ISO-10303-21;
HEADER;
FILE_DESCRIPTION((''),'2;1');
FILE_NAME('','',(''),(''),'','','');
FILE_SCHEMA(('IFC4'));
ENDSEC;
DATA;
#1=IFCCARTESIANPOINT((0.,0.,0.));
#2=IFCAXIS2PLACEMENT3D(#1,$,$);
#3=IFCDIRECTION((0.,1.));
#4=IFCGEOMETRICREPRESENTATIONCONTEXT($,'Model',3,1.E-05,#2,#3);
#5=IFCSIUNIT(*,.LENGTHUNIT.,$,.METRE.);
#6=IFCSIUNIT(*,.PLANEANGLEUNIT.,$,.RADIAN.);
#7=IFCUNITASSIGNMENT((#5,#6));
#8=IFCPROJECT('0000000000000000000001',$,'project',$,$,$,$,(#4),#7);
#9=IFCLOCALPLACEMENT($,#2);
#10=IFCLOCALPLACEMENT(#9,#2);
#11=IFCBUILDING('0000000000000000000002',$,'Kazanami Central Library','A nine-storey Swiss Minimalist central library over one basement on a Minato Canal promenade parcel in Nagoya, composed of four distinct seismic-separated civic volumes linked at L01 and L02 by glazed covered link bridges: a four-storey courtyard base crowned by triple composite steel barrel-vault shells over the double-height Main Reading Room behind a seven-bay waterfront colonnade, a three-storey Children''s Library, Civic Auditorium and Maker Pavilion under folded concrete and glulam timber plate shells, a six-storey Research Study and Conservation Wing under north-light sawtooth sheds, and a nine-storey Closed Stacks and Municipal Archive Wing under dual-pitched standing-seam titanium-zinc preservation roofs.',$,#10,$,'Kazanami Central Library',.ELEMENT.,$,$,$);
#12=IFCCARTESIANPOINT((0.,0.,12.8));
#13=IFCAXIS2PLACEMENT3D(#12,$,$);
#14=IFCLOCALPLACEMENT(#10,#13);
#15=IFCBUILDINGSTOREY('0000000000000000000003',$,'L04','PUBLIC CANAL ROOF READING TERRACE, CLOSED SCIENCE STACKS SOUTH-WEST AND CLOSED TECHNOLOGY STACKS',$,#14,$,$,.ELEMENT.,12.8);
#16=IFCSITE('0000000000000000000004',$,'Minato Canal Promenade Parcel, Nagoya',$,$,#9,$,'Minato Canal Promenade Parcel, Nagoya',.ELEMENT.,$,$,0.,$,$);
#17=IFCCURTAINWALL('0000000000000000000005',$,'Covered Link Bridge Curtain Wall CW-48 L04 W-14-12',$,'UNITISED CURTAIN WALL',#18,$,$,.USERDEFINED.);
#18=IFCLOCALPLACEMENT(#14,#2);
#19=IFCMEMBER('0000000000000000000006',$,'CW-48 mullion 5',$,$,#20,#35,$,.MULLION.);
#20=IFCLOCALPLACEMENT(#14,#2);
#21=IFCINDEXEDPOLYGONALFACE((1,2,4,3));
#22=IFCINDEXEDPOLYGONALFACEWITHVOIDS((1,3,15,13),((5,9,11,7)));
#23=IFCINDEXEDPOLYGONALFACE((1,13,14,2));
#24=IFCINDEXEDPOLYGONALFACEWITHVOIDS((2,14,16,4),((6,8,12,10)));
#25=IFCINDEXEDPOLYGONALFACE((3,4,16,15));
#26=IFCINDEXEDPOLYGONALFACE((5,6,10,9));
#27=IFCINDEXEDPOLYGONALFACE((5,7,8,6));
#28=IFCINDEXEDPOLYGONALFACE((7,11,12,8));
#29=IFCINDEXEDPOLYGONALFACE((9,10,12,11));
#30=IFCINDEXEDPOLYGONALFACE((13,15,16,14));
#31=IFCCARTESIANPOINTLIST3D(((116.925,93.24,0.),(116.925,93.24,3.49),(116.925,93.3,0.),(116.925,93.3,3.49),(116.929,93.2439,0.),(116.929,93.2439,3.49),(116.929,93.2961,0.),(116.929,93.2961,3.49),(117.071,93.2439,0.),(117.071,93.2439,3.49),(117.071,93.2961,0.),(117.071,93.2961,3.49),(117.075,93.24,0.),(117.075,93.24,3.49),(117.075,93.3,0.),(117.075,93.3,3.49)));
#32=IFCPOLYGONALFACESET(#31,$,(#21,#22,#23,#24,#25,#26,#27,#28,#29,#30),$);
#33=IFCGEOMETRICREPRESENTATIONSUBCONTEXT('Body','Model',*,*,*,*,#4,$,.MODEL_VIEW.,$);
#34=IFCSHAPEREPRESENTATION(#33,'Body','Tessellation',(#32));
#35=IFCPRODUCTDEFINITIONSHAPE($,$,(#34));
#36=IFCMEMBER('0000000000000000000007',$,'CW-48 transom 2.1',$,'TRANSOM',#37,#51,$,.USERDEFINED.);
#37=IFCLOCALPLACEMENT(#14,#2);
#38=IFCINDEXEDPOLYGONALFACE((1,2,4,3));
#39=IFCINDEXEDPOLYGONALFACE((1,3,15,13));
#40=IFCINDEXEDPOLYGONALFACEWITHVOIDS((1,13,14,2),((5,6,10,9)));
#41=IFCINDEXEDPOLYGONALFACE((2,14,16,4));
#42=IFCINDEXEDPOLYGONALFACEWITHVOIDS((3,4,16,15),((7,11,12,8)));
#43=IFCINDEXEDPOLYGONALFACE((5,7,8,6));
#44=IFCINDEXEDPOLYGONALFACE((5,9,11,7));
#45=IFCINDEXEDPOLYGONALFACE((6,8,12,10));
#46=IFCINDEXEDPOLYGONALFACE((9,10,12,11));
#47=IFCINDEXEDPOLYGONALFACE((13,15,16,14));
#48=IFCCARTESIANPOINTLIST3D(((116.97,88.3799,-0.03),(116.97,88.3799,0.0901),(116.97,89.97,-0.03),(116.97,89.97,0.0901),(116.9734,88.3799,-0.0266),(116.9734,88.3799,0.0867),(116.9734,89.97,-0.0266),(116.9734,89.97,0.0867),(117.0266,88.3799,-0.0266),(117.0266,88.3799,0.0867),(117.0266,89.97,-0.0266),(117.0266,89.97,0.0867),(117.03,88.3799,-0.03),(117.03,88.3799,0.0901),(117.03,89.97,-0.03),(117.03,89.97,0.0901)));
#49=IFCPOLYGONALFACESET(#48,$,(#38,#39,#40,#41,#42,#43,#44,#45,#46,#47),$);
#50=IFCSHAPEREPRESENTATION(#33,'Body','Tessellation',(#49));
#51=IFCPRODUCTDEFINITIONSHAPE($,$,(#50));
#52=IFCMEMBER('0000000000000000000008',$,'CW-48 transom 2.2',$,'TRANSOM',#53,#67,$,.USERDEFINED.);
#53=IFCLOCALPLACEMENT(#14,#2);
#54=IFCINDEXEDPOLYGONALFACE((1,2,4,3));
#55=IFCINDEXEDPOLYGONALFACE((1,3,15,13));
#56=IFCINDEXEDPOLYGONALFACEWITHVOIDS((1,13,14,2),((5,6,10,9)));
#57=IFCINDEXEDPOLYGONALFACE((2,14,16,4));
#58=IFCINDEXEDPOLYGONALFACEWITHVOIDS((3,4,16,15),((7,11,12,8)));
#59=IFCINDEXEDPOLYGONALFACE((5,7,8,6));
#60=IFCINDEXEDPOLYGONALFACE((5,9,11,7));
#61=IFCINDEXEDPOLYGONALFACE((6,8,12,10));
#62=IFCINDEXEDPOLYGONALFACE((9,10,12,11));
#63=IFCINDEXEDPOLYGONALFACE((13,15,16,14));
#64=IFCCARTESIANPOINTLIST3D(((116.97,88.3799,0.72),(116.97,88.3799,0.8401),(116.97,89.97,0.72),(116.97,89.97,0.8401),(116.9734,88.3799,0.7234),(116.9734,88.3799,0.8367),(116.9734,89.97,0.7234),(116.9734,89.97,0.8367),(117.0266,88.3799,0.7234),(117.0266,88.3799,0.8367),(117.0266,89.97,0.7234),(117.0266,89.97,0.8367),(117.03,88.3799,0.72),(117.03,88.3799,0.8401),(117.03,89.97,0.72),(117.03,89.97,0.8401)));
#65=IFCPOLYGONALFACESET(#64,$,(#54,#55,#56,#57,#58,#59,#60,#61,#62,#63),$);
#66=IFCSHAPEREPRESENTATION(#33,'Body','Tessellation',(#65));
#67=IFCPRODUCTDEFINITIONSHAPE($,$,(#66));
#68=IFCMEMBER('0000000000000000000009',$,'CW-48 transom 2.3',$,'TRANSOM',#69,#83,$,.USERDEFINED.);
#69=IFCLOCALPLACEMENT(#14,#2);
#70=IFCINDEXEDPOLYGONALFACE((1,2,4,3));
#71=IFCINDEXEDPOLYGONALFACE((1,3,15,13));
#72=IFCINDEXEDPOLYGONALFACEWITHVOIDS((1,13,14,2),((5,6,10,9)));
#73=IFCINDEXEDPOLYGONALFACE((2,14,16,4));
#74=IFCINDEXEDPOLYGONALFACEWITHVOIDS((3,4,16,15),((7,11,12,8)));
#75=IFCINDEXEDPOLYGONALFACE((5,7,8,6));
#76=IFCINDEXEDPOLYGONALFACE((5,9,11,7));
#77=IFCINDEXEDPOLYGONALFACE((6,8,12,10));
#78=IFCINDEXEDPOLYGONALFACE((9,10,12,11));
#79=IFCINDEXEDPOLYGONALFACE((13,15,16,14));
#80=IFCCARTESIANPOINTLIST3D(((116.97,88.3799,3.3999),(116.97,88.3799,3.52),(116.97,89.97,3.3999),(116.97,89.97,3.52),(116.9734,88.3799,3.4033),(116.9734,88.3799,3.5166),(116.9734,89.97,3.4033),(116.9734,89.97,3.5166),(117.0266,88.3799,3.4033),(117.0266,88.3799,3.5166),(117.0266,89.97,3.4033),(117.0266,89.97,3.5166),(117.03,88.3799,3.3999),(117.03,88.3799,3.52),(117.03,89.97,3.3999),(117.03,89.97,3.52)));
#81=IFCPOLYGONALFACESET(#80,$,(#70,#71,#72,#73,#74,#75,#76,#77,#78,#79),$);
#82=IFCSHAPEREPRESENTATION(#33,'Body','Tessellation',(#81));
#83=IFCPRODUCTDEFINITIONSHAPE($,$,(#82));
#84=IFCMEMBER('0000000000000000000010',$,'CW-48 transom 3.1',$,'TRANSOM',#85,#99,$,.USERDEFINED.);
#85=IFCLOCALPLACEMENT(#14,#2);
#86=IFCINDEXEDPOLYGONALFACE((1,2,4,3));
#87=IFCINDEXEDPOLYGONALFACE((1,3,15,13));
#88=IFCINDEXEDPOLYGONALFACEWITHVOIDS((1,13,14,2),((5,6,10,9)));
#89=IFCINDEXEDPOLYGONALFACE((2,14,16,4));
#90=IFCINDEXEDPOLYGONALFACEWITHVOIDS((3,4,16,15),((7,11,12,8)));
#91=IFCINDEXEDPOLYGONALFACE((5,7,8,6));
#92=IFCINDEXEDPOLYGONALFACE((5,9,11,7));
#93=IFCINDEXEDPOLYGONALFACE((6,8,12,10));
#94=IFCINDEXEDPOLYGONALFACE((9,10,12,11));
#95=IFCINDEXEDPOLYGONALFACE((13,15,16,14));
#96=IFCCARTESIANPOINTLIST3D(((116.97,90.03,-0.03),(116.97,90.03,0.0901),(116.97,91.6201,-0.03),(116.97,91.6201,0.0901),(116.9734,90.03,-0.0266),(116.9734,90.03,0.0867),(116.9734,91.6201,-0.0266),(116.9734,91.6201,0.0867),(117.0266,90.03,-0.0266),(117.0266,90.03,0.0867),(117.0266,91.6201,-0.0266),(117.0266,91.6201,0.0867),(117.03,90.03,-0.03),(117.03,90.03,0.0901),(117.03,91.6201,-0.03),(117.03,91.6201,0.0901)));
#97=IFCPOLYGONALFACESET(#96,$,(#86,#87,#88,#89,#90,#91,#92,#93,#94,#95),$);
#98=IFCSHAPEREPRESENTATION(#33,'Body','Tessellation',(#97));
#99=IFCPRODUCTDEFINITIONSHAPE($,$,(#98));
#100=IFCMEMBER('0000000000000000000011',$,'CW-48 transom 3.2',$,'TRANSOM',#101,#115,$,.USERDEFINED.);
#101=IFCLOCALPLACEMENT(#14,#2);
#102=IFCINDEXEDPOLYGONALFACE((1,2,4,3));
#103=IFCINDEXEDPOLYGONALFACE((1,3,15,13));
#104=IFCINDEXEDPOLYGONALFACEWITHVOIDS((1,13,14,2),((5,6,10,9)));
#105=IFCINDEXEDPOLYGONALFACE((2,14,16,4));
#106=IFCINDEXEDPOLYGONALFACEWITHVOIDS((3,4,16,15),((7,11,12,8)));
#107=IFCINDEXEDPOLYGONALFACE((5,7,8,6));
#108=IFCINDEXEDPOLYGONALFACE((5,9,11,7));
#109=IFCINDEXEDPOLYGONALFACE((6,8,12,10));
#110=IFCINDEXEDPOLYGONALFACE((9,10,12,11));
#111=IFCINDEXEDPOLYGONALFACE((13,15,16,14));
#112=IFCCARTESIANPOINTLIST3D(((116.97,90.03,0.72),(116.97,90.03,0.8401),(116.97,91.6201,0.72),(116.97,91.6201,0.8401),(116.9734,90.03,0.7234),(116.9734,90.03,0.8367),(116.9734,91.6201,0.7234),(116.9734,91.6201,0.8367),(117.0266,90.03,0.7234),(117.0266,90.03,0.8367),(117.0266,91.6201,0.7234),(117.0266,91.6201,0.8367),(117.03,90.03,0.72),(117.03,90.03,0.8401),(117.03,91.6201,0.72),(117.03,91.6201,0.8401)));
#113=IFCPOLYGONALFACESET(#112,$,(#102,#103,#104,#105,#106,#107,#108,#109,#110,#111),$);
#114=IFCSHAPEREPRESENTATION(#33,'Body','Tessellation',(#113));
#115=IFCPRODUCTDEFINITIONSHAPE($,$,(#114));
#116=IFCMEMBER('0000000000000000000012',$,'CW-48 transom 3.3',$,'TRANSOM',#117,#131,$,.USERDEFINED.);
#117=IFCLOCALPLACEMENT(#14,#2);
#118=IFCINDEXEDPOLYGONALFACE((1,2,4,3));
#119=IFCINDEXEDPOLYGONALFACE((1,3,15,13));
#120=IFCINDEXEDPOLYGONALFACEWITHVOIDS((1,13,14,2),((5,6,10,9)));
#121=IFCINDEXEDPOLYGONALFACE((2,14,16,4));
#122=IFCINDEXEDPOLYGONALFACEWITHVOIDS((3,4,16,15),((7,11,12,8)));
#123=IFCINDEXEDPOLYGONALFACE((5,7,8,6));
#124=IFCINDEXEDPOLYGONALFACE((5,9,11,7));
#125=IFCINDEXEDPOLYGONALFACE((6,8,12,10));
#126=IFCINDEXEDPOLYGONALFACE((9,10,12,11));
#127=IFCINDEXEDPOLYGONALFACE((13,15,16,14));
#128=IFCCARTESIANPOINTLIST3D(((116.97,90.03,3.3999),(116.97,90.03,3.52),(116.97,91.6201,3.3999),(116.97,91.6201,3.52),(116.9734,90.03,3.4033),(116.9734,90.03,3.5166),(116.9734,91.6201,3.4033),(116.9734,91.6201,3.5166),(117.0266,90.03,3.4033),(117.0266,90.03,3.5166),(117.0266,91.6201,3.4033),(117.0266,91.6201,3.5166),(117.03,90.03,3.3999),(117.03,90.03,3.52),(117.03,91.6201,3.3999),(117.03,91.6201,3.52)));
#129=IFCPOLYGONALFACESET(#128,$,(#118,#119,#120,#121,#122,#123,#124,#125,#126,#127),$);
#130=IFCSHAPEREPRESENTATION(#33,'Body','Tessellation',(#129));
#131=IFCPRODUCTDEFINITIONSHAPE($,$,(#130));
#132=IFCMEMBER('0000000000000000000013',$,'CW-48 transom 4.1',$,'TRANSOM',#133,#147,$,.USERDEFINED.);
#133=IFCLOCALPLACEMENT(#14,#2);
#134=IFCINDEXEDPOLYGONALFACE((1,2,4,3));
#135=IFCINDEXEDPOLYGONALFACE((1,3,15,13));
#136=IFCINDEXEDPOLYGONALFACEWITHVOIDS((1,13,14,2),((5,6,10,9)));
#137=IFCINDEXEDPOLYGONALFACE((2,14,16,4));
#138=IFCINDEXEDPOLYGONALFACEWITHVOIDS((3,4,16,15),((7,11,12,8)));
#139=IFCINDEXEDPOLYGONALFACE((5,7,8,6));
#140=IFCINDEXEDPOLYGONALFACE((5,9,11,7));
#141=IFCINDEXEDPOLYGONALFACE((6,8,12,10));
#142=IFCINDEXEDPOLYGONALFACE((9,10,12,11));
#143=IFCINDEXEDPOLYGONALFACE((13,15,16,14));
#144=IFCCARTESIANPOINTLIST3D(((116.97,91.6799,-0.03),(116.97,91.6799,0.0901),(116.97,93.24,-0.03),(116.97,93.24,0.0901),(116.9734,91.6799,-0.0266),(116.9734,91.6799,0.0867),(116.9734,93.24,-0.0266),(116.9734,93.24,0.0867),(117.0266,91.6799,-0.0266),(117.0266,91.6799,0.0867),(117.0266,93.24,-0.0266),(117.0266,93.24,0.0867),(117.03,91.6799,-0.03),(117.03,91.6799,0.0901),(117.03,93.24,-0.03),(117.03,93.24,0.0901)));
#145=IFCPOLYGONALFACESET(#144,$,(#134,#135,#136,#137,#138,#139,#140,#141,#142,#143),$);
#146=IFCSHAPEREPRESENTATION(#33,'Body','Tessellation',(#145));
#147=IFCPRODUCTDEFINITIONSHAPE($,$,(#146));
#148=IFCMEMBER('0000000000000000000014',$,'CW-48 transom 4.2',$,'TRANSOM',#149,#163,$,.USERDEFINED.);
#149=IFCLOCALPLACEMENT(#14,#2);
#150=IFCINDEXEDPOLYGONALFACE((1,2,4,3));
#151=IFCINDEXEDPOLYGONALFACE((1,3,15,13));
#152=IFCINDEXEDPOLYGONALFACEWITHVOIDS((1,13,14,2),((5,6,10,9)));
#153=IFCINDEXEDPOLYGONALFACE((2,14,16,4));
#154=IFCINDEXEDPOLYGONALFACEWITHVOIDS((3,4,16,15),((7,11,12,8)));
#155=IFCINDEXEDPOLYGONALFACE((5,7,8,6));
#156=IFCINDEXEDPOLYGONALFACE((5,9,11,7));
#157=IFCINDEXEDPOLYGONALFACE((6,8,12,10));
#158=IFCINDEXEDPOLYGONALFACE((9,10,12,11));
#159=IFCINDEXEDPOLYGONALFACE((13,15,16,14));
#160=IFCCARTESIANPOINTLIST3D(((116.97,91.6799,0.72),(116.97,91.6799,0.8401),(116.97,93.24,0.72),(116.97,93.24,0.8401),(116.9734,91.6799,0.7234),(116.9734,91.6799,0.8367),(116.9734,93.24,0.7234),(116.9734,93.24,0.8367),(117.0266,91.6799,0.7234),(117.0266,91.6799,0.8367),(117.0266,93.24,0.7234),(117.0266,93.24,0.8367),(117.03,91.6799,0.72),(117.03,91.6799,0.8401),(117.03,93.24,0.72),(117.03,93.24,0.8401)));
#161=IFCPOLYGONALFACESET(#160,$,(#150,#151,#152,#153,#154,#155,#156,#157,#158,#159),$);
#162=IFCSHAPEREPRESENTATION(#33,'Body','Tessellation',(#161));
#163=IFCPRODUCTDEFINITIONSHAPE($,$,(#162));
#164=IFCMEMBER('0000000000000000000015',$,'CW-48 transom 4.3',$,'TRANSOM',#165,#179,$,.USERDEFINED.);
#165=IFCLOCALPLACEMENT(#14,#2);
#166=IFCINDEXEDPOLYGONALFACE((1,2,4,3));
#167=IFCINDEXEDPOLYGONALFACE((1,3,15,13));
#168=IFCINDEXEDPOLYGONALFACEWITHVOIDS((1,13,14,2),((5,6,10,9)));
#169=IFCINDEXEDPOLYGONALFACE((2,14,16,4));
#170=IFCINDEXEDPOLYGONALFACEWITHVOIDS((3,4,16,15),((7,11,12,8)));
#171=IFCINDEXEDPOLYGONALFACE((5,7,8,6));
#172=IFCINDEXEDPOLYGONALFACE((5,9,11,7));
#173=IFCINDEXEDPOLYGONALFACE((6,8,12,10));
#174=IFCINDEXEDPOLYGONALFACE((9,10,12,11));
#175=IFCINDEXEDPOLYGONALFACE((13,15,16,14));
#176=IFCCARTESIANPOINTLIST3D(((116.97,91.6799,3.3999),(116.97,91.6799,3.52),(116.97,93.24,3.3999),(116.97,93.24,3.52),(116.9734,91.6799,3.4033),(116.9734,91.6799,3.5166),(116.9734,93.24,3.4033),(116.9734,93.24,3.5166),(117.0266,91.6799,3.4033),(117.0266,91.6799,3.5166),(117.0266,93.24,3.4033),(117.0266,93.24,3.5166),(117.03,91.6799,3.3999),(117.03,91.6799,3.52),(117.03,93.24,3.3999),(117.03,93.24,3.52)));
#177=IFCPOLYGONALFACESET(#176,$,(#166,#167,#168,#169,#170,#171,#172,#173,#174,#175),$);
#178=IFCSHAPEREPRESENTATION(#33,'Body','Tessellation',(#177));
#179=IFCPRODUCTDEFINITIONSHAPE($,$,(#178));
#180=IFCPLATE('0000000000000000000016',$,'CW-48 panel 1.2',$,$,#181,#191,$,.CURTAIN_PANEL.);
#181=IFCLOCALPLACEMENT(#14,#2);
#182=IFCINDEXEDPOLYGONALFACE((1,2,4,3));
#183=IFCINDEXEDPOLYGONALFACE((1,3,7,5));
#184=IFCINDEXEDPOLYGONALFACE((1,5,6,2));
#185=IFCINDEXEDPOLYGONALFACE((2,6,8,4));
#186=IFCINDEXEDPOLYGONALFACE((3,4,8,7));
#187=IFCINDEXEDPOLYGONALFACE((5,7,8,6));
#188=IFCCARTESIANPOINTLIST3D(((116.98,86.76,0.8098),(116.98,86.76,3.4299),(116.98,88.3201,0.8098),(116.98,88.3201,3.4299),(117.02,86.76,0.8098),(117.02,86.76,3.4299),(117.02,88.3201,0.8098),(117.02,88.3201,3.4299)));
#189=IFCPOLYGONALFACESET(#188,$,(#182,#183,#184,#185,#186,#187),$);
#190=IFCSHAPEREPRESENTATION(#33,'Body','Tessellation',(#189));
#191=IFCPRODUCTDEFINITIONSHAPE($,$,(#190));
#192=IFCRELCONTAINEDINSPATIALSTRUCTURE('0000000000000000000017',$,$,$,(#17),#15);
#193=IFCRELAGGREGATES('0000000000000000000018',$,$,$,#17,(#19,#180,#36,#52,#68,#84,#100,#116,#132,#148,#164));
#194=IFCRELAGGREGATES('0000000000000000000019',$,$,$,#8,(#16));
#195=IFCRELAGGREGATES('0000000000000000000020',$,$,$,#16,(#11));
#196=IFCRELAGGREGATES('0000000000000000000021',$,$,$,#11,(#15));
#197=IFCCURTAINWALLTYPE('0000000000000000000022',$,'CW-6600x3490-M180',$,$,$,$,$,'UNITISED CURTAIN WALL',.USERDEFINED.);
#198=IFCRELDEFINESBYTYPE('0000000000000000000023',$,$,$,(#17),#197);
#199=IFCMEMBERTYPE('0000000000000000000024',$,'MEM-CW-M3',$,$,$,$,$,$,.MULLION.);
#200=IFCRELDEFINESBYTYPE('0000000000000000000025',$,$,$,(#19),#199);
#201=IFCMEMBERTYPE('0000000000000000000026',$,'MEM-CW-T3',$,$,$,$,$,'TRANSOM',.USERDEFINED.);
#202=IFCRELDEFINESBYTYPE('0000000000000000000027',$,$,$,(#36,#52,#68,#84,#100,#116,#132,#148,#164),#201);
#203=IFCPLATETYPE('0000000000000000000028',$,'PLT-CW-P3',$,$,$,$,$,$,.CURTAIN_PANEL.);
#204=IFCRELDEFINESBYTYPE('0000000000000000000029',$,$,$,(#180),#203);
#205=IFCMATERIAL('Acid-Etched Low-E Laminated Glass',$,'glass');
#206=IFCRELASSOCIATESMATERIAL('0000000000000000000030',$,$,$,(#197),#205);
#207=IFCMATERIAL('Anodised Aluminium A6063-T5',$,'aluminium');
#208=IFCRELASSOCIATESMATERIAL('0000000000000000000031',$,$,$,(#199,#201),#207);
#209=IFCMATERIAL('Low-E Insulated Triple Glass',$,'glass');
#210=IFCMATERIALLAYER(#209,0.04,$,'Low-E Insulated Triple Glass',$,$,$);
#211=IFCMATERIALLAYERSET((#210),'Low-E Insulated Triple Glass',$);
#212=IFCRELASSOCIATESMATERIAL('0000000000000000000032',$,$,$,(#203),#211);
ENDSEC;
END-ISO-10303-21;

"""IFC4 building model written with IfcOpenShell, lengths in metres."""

from ifc_helpers import new_model, si_unit, direction, frame, origin, origin_2d, place, context, subcontext, project, spatial, rectangle, hollow_rectangle, extrude, material, layer, layer_set, material_profile, profile_set, type_object, element, aggregate, save


model = new_model("IFC4")

# Units and contexts
model_context = context("Model", 3, precision=1e-05, world=origin(), true_north=direction((0.0, 1.0)))
body_context = subcontext(model_context, "Body", "Model", "MODEL_VIEW")
ifc_project = project(units=[si_unit("LENGTHUNIT", "METRE"), si_unit("PLANEANGLEUNIT", "RADIAN")], contexts=[model_context])

# Site, building, storey
site_placement = place(None, origin())
site = spatial("IfcSite", under=ifc_project, at=site_placement, Name="Minato Canal Promenade Parcel, Nagoya", LongName="Minato Canal Promenade Parcel, Nagoya", CompositionType="ELEMENT", RefElevation=0.0)
building_placement = place(site_placement, origin())
building = spatial("IfcBuilding", under=site, at=building_placement, Name="Kazanami Central Library", Description="A nine-storey Swiss Minimalist central library over one basement on a Minato Canal promenade parcel in Nagoya, composed of four distinct seismic-separated civic volumes linked at L01 and L02 by glazed covered link bridges: a four-storey courtyard base crowned by triple composite steel barrel-vault shells over the double-height Main Reading Room behind a seven-bay waterfront colonnade, a three-storey Children's Library, Civic Auditorium and Maker Pavilion under folded concrete and glulam timber plate shells, a six-storey Research Study and Conservation Wing under north-light sawtooth sheds, and a nine-storey Closed Stacks and Municipal Archive Wing under dual-pitched standing-seam titanium-zinc preservation roofs.", LongName="Kazanami Central Library", CompositionType="ELEMENT")
storey_placement = place(building_placement, frame((0.0, 0.0, 12.8)))
storey = spatial("IfcBuildingStorey", under=building, at=storey_placement, Name="L04", Description="PUBLIC CANAL ROOF READING TERRACE, CLOSED SCIENCE STACKS SOUTH-WEST AND CLOSED TECHNOLOGY STACKS", CompositionType="ELEMENT", Elevation=12.8)

# Curtain wall, members, plate
ifc_material_1 = material(Name="Acid-Etched Low-E Laminated Glass", Category="glass")
curtain_wall_type = type_object("IfcCurtainWallType", Name="CW-6600x3490-M180", ElementType="UNITISED CURTAIN WALL", PredefinedType="USERDEFINED", material=ifc_material_1)
curtain_wall_placement = place(storey_placement, origin())
curtain_wall = element("IfcCurtainWall", 1, at=curtain_wall_placement, inside=storey, type_object=curtain_wall_type, Name="Covered Link Bridge Curtain Wall CW-48 L04 W-14-12", ObjectType="UNITISED CURTAIN WALL", PredefinedType="USERDEFINED")
ifc_material_2 = material(Name="Anodised Aluminium A6063-T5", Category="aluminium")
ifc_material_profile_1 = material_profile(ifc_material_2, hollow_rectangle(XDim=0.0601, YDim=0.1499, WallThickness=0.0039, at=origin_2d()), Name="ALU-MULL-60x150x4")
ifc_profile_set_1 = profile_set([ifc_material_profile_1], Name="Anodised Aluminium A6063-T5")
member_type_1 = type_object("IfcMemberType", Name="MEM-CW-M3", PredefinedType="MULLION", material=ifc_profile_set_1)
member_1_placement = place(storey_placement, frame((117.0, 93.27, 0.0), z_axis=(0.0, 0.0, 1.0), x_axis=(0.0, 1.0, 0.0)))
member_1 = element("IfcMember", 2, at=member_1_placement, type_object=member_type_1, Name="CW-48 mullion 5", PredefinedType="MULLION", context=body_context, shape_type="SweptSolid", body=[
    extrude(hollow_rectangle(XDim=0.0601, YDim=0.1499, WallThickness=0.0039, at=origin_2d()), origin(), (0.0, 0.0, 1.0), 3.49),
])
ifc_material_profile_2 = material_profile(ifc_material_2, hollow_rectangle(XDim=0.0601, YDim=0.1201, WallThickness=0.0034, at=origin_2d()), Name="ALU-TRAN-60x120x3.5")
ifc_profile_set_2 = profile_set([ifc_material_profile_2], Name="Anodised Aluminium A6063-T5")
member_type_2 = type_object("IfcMemberType", Name="MEM-CW-T3", ElementType="TRANSOM", PredefinedType="USERDEFINED", material=ifc_profile_set_2)
member_2_placement = place(storey_placement, frame((117.0, 88.3799, 0.03), z_axis=(0.0, 1.0, 0.0), x_axis=(-1.0, 0.0, 0.0)))
member_2 = element("IfcMember", 3, at=member_2_placement, type_object=member_type_2, Name="CW-48 transom 2.1", ObjectType="TRANSOM", PredefinedType="USERDEFINED", context=body_context, shape_type="SweptSolid", body=[
    extrude(hollow_rectangle(XDim=0.0601, YDim=0.1201, WallThickness=0.0034, at=origin_2d()), origin(), (0.0, 0.0, 1.0), 1.5901),
])
member_3_placement = place(storey_placement, frame((117.0, 88.3799, 0.78), z_axis=(0.0, 1.0, 0.0), x_axis=(-1.0, 0.0, 0.0)))
member_3 = element("IfcMember", 4, at=member_3_placement, type_object=member_type_2, Name="CW-48 transom 2.2", ObjectType="TRANSOM", PredefinedType="USERDEFINED", context=body_context, shape_type="SweptSolid", body=[
    extrude(hollow_rectangle(XDim=0.0601, YDim=0.1201, WallThickness=0.0034, at=origin_2d()), origin(), (0.0, 0.0, 1.0), 1.5901),
])
member_4_placement = place(storey_placement, frame((117.0, 88.3799, 3.46), z_axis=(0.0, 1.0, 0.0), x_axis=(-1.0, 0.0, 0.0)))
member_4 = element("IfcMember", 5, at=member_4_placement, type_object=member_type_2, Name="CW-48 transom 2.3", ObjectType="TRANSOM", PredefinedType="USERDEFINED", context=body_context, shape_type="SweptSolid", body=[
    extrude(hollow_rectangle(XDim=0.0601, YDim=0.1201, WallThickness=0.0034, at=origin_2d()), origin(), (0.0, 0.0, 1.0), 1.5901),
])
member_5_placement = place(storey_placement, frame((117.0, 90.03, 0.03), z_axis=(0.0, 1.0, 0.0), x_axis=(-1.0, 0.0, 0.0)))
member_5 = element("IfcMember", 6, at=member_5_placement, type_object=member_type_2, Name="CW-48 transom 3.1", ObjectType="TRANSOM", PredefinedType="USERDEFINED", context=body_context, shape_type="SweptSolid", body=[
    extrude(hollow_rectangle(XDim=0.0601, YDim=0.1201, WallThickness=0.0034, at=origin_2d()), origin(), (0.0, 0.0, 1.0), 1.5901),
])
member_6_placement = place(storey_placement, frame((117.0, 90.03, 0.78), z_axis=(0.0, 1.0, 0.0), x_axis=(-1.0, 0.0, 0.0)))
member_6 = element("IfcMember", 7, at=member_6_placement, type_object=member_type_2, Name="CW-48 transom 3.2", ObjectType="TRANSOM", PredefinedType="USERDEFINED", context=body_context, shape_type="SweptSolid", body=[
    extrude(hollow_rectangle(XDim=0.0601, YDim=0.1201, WallThickness=0.0034, at=origin_2d()), origin(), (0.0, 0.0, 1.0), 1.5901),
])
member_7_placement = place(storey_placement, frame((117.0, 90.03, 3.46), z_axis=(0.0, 1.0, 0.0), x_axis=(-1.0, 0.0, 0.0)))
member_7 = element("IfcMember", 8, at=member_7_placement, type_object=member_type_2, Name="CW-48 transom 3.3", ObjectType="TRANSOM", PredefinedType="USERDEFINED", context=body_context, shape_type="SweptSolid", body=[
    extrude(hollow_rectangle(XDim=0.0601, YDim=0.1201, WallThickness=0.0034, at=origin_2d()), origin(), (0.0, 0.0, 1.0), 1.5901),
])
member_8_placement = place(storey_placement, frame((117.0, 91.6799, 0.03), z_axis=(0.0, 1.0, 0.0), x_axis=(-1.0, 0.0, 0.0)))
member_8 = element("IfcMember", 9, at=member_8_placement, type_object=member_type_2, Name="CW-48 transom 4.1", ObjectType="TRANSOM", PredefinedType="USERDEFINED", context=body_context, shape_type="SweptSolid", body=[
    extrude(hollow_rectangle(XDim=0.0601, YDim=0.1201, WallThickness=0.0034, at=origin_2d()), origin(), (0.0, 0.0, 1.0), 1.5601),
])
member_9_placement = place(storey_placement, frame((117.0, 91.6799, 0.78), z_axis=(0.0, 1.0, 0.0), x_axis=(-1.0, 0.0, 0.0)))
member_9 = element("IfcMember", 10, at=member_9_placement, type_object=member_type_2, Name="CW-48 transom 4.2", ObjectType="TRANSOM", PredefinedType="USERDEFINED", context=body_context, shape_type="SweptSolid", body=[
    extrude(hollow_rectangle(XDim=0.0601, YDim=0.1201, WallThickness=0.0034, at=origin_2d()), origin(), (0.0, 0.0, 1.0), 1.5601),
])
member_10_placement = place(storey_placement, frame((117.0, 91.6799, 3.46), z_axis=(0.0, 1.0, 0.0), x_axis=(-1.0, 0.0, 0.0)))
member_10 = element("IfcMember", 11, at=member_10_placement, type_object=member_type_2, Name="CW-48 transom 4.3", ObjectType="TRANSOM", PredefinedType="USERDEFINED", context=body_context, shape_type="SweptSolid", body=[
    extrude(hollow_rectangle(XDim=0.0601, YDim=0.1201, WallThickness=0.0034, at=origin_2d()), origin(), (0.0, 0.0, 1.0), 1.5601),
])
ifc_material_3 = material(Name="Low-E Insulated Triple Glass", Category="glass")
ifc_layer_1 = layer(ifc_material_3, 0.04, Name="Low-E Insulated Triple Glass")
ifc_layer_set_1 = layer_set([ifc_layer_1], Name="Low-E Insulated Triple Glass")
plate_type_1 = type_object("IfcPlateType", Name="PLT-CW-P3", PredefinedType="CURTAIN_PANEL", material=ifc_layer_set_1)
plate_1_placement = place(storey_placement, frame((117.0, 87.54, 0.8098), z_axis=(0.0, 0.0, 1.0), x_axis=(0.0, 1.0, 0.0)))
plate_1 = element("IfcPlate", 12, at=plate_1_placement, type_object=plate_type_1, Name="CW-48 panel 1.2", PredefinedType="CURTAIN_PANEL", context=body_context, shape_type="SweptSolid", body=[
    extrude(rectangle(XDim=1.5601, YDim=0.04, at=origin_2d()), origin(), (0.0, 0.0, 1.0), 2.6201),
])
aggregate(curtain_wall, [member_1, plate_1, member_2, member_3, member_4, member_5, member_6, member_7, member_8, member_9, member_10])

save(model, "model.ifc")
